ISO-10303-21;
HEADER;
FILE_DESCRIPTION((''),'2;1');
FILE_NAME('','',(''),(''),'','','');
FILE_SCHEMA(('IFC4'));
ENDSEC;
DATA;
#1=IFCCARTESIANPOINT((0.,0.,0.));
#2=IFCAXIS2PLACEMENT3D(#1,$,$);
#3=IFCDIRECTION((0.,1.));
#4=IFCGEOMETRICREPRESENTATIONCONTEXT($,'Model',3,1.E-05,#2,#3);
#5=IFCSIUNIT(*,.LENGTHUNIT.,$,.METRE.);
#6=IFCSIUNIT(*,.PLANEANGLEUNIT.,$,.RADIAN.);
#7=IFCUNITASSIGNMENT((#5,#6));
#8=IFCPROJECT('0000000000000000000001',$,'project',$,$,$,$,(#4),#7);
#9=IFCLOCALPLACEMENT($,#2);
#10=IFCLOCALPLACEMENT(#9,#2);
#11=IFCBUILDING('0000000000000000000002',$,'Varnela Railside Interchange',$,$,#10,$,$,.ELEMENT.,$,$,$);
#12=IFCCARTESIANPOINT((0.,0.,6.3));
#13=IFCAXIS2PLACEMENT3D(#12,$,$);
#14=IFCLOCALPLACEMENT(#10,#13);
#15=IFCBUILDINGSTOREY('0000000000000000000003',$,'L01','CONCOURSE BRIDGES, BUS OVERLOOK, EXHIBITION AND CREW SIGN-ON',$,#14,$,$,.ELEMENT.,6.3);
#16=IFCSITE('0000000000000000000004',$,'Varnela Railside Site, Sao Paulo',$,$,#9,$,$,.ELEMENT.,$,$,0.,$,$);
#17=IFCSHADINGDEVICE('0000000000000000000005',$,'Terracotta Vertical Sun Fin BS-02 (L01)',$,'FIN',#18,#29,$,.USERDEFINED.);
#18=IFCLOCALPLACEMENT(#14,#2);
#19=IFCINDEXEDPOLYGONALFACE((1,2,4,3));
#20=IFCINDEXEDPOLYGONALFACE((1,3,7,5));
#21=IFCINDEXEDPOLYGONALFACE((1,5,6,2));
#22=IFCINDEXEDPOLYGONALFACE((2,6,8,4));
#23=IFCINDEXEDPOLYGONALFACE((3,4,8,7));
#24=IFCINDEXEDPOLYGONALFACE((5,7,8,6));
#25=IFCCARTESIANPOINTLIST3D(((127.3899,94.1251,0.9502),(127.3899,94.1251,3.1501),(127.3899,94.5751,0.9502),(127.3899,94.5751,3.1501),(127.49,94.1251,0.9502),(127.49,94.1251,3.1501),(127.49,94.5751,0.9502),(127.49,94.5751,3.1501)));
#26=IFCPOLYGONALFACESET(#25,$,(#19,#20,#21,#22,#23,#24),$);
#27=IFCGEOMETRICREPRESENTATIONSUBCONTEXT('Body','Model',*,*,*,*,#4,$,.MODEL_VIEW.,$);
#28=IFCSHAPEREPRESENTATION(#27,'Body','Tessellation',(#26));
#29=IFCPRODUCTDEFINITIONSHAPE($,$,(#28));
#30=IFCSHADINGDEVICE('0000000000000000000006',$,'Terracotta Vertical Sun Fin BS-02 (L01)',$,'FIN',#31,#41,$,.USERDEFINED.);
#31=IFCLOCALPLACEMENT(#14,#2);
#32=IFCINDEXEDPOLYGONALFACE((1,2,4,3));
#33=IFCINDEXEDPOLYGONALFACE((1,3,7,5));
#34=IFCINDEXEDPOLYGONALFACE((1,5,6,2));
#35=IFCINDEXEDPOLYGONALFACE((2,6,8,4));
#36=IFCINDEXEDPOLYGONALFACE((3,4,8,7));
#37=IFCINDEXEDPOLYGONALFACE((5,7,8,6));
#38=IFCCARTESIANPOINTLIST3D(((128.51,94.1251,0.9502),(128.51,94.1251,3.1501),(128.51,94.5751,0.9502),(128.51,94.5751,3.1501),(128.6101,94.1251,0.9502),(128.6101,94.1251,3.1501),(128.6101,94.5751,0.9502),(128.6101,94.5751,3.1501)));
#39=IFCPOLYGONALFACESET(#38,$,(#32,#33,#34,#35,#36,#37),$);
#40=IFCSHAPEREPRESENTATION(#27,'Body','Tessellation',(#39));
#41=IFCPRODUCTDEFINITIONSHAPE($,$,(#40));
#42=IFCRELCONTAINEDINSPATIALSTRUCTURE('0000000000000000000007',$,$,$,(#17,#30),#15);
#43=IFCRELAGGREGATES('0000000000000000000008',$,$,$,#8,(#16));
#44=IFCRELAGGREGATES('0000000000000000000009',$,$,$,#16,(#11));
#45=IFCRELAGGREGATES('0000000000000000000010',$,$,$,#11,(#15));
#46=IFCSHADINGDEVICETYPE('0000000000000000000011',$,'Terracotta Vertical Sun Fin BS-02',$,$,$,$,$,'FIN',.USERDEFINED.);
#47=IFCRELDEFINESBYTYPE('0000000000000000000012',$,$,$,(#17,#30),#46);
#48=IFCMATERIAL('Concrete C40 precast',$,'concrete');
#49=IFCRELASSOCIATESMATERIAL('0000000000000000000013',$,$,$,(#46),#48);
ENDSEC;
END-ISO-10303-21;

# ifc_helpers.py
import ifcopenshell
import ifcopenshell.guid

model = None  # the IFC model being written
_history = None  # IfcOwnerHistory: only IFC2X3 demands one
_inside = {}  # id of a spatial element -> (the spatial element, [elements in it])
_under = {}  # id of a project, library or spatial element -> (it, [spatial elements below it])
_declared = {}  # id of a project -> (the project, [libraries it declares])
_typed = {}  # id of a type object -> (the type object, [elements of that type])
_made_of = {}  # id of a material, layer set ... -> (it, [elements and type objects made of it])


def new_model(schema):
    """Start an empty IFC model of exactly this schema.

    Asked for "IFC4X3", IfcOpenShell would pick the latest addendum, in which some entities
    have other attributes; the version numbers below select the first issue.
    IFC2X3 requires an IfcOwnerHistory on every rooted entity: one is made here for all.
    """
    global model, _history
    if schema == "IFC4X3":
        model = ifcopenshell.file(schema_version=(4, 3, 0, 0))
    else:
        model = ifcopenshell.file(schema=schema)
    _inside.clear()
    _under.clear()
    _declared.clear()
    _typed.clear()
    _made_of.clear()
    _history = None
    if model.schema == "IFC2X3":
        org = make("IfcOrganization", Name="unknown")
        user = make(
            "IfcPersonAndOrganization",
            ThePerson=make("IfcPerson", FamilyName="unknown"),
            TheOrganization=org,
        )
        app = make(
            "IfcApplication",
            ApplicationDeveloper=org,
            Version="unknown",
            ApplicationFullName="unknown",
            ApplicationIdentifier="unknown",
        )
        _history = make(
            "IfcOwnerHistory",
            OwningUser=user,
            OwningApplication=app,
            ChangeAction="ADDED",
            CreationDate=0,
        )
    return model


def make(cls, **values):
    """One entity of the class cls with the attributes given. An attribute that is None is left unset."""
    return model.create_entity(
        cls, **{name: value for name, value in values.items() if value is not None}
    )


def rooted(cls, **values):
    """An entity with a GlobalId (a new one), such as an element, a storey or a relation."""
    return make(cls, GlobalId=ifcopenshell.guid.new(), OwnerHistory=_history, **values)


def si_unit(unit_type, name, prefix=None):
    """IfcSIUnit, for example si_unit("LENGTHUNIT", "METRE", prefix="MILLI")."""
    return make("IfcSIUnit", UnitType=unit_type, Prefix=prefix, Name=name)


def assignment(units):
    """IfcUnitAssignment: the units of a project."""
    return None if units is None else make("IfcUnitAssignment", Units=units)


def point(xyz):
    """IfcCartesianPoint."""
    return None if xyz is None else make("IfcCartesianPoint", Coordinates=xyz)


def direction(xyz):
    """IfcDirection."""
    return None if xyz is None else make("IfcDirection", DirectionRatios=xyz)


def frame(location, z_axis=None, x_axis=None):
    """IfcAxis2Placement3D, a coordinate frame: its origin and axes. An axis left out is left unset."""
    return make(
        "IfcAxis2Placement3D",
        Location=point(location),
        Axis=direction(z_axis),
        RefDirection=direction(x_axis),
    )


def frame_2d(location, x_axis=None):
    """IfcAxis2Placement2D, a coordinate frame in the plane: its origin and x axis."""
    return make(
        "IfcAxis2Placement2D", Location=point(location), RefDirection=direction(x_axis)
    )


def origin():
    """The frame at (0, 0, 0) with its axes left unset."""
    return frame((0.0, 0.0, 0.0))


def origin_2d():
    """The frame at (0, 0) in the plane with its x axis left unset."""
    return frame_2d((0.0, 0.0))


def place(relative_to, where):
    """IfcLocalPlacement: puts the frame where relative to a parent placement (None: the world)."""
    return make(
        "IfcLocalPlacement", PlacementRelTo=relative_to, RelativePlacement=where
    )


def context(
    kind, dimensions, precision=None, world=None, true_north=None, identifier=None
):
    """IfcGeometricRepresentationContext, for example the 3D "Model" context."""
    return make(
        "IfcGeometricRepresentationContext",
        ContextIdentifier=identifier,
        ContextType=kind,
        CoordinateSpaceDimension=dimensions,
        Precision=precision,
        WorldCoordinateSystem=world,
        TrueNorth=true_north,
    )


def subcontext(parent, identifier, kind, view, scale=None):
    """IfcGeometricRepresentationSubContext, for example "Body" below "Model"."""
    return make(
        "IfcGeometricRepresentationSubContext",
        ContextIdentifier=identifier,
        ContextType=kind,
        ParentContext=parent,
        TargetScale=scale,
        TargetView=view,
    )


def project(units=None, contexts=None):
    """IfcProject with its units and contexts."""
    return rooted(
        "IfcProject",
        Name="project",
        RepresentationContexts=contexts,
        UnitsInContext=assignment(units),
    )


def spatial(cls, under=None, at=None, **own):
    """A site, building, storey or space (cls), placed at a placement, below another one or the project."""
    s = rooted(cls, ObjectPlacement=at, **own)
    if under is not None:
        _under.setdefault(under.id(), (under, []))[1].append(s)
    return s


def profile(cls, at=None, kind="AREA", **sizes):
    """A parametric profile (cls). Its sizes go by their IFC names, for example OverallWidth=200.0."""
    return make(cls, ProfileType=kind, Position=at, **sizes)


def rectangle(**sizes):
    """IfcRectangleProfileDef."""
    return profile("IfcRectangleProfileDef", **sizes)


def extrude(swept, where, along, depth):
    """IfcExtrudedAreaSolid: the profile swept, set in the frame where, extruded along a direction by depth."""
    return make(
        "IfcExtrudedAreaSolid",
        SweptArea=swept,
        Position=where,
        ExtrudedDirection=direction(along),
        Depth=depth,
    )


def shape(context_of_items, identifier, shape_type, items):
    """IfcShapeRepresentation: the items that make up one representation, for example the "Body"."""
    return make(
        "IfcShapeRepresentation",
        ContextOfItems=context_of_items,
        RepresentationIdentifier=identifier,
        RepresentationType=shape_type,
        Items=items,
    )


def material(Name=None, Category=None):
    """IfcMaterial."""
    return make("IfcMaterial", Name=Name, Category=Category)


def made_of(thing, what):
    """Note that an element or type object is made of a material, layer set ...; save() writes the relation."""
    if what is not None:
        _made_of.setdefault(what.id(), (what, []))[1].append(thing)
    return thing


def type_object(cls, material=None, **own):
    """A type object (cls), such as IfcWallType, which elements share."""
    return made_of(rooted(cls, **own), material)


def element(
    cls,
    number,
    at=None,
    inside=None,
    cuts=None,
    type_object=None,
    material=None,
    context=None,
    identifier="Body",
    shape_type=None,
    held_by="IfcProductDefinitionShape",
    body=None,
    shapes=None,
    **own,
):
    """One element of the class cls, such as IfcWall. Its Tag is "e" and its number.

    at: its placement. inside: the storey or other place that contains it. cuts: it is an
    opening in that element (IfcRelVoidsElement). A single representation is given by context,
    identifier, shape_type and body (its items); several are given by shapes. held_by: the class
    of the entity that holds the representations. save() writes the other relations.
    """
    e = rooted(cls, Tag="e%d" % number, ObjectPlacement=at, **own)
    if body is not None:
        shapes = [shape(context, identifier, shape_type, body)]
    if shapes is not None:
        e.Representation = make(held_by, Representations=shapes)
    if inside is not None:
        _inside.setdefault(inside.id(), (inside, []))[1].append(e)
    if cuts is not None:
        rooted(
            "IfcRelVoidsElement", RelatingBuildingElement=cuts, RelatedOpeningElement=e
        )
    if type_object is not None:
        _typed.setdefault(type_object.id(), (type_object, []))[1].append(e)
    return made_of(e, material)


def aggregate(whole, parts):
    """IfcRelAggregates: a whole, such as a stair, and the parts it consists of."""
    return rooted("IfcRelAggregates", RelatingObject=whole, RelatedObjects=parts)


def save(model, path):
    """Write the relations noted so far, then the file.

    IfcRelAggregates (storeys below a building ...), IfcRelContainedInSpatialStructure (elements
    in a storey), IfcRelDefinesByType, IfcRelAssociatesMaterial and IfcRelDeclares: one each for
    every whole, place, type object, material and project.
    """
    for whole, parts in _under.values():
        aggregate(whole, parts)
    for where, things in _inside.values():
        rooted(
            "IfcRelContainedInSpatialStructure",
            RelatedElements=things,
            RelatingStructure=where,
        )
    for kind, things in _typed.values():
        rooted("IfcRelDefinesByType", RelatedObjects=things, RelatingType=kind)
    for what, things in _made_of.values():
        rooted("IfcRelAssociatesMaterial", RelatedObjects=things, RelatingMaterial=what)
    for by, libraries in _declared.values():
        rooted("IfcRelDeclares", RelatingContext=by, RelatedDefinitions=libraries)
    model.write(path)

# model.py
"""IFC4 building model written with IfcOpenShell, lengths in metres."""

from ifc_helpers import new_model, si_unit, direction, frame, origin, origin_2d, place, context, subcontext, project, spatial, rectangle, extrude, material, type_object, element, save


model = new_model("IFC4")

# Units and contexts
model_context = context("Model", 3, precision=1e-05, world=origin(), true_north=direction((0.0, 1.0)))
body_context = subcontext(model_context, "Body", "Model", "MODEL_VIEW")
ifc_project = project(units=[si_unit("LENGTHUNIT", "METRE"), si_unit("PLANEANGLEUNIT", "RADIAN")], contexts=[model_context])

# Site, building, storey
site_placement = place(None, origin())
site = spatial("IfcSite", under=ifc_project, at=site_placement, Name="Varnela Railside Site, Sao Paulo", CompositionType="ELEMENT", RefElevation=0.0)
building_placement = place(site_placement, origin())
building = spatial("IfcBuilding", under=site, at=building_placement, Name="Varnela Railside Interchange", CompositionType="ELEMENT")
storey_placement = place(building_placement, frame((0.0, 0.0, 6.3)))
storey = spatial("IfcBuildingStorey", under=building, at=storey_placement, Name="L01", Description="CONCOURSE BRIDGES, BUS OVERLOOK, EXHIBITION AND CREW SIGN-ON", CompositionType="ELEMENT", Elevation=6.3)

# Shared definitions
ifc_material_1 = material(Name="Concrete C40 precast", Category="concrete")

# Shading devices
shading_device_type = type_object("IfcShadingDeviceType", Name="Terracotta Vertical Sun Fin BS-02", ElementType="FIN", PredefinedType="USERDEFINED", material=ifc_material_1)
for number, where, z_axis, x_axis, name in (
    (1, (127.4399, 94.3501, 0.9502), (0.0, 0.0, 1.0), (0.0, 1.0, 0.0), "Terracotta Vertical Sun Fin BS-02 (L01)"),
    (2, (128.5601, 94.3501, 0.9502), (0.0, 0.0, 1.0), (0.0, 1.0, 0.0), "Terracotta Vertical Sun Fin BS-02 (L01)"),
):
    element("IfcShadingDevice", number, at=place(storey_placement, frame(where, z_axis=z_axis, x_axis=x_axis)), inside=storey, type_object=shading_device_type, Name=name, ObjectType="FIN", PredefinedType="USERDEFINED", context=body_context, shape_type="SweptSolid", body=[
        extrude(rectangle(XDim=0.45, YDim=0.1001, at=origin_2d()), origin(), (0.0, 0.0, 1.0), 2.2),
    ])

save(model, "model.ifc")
